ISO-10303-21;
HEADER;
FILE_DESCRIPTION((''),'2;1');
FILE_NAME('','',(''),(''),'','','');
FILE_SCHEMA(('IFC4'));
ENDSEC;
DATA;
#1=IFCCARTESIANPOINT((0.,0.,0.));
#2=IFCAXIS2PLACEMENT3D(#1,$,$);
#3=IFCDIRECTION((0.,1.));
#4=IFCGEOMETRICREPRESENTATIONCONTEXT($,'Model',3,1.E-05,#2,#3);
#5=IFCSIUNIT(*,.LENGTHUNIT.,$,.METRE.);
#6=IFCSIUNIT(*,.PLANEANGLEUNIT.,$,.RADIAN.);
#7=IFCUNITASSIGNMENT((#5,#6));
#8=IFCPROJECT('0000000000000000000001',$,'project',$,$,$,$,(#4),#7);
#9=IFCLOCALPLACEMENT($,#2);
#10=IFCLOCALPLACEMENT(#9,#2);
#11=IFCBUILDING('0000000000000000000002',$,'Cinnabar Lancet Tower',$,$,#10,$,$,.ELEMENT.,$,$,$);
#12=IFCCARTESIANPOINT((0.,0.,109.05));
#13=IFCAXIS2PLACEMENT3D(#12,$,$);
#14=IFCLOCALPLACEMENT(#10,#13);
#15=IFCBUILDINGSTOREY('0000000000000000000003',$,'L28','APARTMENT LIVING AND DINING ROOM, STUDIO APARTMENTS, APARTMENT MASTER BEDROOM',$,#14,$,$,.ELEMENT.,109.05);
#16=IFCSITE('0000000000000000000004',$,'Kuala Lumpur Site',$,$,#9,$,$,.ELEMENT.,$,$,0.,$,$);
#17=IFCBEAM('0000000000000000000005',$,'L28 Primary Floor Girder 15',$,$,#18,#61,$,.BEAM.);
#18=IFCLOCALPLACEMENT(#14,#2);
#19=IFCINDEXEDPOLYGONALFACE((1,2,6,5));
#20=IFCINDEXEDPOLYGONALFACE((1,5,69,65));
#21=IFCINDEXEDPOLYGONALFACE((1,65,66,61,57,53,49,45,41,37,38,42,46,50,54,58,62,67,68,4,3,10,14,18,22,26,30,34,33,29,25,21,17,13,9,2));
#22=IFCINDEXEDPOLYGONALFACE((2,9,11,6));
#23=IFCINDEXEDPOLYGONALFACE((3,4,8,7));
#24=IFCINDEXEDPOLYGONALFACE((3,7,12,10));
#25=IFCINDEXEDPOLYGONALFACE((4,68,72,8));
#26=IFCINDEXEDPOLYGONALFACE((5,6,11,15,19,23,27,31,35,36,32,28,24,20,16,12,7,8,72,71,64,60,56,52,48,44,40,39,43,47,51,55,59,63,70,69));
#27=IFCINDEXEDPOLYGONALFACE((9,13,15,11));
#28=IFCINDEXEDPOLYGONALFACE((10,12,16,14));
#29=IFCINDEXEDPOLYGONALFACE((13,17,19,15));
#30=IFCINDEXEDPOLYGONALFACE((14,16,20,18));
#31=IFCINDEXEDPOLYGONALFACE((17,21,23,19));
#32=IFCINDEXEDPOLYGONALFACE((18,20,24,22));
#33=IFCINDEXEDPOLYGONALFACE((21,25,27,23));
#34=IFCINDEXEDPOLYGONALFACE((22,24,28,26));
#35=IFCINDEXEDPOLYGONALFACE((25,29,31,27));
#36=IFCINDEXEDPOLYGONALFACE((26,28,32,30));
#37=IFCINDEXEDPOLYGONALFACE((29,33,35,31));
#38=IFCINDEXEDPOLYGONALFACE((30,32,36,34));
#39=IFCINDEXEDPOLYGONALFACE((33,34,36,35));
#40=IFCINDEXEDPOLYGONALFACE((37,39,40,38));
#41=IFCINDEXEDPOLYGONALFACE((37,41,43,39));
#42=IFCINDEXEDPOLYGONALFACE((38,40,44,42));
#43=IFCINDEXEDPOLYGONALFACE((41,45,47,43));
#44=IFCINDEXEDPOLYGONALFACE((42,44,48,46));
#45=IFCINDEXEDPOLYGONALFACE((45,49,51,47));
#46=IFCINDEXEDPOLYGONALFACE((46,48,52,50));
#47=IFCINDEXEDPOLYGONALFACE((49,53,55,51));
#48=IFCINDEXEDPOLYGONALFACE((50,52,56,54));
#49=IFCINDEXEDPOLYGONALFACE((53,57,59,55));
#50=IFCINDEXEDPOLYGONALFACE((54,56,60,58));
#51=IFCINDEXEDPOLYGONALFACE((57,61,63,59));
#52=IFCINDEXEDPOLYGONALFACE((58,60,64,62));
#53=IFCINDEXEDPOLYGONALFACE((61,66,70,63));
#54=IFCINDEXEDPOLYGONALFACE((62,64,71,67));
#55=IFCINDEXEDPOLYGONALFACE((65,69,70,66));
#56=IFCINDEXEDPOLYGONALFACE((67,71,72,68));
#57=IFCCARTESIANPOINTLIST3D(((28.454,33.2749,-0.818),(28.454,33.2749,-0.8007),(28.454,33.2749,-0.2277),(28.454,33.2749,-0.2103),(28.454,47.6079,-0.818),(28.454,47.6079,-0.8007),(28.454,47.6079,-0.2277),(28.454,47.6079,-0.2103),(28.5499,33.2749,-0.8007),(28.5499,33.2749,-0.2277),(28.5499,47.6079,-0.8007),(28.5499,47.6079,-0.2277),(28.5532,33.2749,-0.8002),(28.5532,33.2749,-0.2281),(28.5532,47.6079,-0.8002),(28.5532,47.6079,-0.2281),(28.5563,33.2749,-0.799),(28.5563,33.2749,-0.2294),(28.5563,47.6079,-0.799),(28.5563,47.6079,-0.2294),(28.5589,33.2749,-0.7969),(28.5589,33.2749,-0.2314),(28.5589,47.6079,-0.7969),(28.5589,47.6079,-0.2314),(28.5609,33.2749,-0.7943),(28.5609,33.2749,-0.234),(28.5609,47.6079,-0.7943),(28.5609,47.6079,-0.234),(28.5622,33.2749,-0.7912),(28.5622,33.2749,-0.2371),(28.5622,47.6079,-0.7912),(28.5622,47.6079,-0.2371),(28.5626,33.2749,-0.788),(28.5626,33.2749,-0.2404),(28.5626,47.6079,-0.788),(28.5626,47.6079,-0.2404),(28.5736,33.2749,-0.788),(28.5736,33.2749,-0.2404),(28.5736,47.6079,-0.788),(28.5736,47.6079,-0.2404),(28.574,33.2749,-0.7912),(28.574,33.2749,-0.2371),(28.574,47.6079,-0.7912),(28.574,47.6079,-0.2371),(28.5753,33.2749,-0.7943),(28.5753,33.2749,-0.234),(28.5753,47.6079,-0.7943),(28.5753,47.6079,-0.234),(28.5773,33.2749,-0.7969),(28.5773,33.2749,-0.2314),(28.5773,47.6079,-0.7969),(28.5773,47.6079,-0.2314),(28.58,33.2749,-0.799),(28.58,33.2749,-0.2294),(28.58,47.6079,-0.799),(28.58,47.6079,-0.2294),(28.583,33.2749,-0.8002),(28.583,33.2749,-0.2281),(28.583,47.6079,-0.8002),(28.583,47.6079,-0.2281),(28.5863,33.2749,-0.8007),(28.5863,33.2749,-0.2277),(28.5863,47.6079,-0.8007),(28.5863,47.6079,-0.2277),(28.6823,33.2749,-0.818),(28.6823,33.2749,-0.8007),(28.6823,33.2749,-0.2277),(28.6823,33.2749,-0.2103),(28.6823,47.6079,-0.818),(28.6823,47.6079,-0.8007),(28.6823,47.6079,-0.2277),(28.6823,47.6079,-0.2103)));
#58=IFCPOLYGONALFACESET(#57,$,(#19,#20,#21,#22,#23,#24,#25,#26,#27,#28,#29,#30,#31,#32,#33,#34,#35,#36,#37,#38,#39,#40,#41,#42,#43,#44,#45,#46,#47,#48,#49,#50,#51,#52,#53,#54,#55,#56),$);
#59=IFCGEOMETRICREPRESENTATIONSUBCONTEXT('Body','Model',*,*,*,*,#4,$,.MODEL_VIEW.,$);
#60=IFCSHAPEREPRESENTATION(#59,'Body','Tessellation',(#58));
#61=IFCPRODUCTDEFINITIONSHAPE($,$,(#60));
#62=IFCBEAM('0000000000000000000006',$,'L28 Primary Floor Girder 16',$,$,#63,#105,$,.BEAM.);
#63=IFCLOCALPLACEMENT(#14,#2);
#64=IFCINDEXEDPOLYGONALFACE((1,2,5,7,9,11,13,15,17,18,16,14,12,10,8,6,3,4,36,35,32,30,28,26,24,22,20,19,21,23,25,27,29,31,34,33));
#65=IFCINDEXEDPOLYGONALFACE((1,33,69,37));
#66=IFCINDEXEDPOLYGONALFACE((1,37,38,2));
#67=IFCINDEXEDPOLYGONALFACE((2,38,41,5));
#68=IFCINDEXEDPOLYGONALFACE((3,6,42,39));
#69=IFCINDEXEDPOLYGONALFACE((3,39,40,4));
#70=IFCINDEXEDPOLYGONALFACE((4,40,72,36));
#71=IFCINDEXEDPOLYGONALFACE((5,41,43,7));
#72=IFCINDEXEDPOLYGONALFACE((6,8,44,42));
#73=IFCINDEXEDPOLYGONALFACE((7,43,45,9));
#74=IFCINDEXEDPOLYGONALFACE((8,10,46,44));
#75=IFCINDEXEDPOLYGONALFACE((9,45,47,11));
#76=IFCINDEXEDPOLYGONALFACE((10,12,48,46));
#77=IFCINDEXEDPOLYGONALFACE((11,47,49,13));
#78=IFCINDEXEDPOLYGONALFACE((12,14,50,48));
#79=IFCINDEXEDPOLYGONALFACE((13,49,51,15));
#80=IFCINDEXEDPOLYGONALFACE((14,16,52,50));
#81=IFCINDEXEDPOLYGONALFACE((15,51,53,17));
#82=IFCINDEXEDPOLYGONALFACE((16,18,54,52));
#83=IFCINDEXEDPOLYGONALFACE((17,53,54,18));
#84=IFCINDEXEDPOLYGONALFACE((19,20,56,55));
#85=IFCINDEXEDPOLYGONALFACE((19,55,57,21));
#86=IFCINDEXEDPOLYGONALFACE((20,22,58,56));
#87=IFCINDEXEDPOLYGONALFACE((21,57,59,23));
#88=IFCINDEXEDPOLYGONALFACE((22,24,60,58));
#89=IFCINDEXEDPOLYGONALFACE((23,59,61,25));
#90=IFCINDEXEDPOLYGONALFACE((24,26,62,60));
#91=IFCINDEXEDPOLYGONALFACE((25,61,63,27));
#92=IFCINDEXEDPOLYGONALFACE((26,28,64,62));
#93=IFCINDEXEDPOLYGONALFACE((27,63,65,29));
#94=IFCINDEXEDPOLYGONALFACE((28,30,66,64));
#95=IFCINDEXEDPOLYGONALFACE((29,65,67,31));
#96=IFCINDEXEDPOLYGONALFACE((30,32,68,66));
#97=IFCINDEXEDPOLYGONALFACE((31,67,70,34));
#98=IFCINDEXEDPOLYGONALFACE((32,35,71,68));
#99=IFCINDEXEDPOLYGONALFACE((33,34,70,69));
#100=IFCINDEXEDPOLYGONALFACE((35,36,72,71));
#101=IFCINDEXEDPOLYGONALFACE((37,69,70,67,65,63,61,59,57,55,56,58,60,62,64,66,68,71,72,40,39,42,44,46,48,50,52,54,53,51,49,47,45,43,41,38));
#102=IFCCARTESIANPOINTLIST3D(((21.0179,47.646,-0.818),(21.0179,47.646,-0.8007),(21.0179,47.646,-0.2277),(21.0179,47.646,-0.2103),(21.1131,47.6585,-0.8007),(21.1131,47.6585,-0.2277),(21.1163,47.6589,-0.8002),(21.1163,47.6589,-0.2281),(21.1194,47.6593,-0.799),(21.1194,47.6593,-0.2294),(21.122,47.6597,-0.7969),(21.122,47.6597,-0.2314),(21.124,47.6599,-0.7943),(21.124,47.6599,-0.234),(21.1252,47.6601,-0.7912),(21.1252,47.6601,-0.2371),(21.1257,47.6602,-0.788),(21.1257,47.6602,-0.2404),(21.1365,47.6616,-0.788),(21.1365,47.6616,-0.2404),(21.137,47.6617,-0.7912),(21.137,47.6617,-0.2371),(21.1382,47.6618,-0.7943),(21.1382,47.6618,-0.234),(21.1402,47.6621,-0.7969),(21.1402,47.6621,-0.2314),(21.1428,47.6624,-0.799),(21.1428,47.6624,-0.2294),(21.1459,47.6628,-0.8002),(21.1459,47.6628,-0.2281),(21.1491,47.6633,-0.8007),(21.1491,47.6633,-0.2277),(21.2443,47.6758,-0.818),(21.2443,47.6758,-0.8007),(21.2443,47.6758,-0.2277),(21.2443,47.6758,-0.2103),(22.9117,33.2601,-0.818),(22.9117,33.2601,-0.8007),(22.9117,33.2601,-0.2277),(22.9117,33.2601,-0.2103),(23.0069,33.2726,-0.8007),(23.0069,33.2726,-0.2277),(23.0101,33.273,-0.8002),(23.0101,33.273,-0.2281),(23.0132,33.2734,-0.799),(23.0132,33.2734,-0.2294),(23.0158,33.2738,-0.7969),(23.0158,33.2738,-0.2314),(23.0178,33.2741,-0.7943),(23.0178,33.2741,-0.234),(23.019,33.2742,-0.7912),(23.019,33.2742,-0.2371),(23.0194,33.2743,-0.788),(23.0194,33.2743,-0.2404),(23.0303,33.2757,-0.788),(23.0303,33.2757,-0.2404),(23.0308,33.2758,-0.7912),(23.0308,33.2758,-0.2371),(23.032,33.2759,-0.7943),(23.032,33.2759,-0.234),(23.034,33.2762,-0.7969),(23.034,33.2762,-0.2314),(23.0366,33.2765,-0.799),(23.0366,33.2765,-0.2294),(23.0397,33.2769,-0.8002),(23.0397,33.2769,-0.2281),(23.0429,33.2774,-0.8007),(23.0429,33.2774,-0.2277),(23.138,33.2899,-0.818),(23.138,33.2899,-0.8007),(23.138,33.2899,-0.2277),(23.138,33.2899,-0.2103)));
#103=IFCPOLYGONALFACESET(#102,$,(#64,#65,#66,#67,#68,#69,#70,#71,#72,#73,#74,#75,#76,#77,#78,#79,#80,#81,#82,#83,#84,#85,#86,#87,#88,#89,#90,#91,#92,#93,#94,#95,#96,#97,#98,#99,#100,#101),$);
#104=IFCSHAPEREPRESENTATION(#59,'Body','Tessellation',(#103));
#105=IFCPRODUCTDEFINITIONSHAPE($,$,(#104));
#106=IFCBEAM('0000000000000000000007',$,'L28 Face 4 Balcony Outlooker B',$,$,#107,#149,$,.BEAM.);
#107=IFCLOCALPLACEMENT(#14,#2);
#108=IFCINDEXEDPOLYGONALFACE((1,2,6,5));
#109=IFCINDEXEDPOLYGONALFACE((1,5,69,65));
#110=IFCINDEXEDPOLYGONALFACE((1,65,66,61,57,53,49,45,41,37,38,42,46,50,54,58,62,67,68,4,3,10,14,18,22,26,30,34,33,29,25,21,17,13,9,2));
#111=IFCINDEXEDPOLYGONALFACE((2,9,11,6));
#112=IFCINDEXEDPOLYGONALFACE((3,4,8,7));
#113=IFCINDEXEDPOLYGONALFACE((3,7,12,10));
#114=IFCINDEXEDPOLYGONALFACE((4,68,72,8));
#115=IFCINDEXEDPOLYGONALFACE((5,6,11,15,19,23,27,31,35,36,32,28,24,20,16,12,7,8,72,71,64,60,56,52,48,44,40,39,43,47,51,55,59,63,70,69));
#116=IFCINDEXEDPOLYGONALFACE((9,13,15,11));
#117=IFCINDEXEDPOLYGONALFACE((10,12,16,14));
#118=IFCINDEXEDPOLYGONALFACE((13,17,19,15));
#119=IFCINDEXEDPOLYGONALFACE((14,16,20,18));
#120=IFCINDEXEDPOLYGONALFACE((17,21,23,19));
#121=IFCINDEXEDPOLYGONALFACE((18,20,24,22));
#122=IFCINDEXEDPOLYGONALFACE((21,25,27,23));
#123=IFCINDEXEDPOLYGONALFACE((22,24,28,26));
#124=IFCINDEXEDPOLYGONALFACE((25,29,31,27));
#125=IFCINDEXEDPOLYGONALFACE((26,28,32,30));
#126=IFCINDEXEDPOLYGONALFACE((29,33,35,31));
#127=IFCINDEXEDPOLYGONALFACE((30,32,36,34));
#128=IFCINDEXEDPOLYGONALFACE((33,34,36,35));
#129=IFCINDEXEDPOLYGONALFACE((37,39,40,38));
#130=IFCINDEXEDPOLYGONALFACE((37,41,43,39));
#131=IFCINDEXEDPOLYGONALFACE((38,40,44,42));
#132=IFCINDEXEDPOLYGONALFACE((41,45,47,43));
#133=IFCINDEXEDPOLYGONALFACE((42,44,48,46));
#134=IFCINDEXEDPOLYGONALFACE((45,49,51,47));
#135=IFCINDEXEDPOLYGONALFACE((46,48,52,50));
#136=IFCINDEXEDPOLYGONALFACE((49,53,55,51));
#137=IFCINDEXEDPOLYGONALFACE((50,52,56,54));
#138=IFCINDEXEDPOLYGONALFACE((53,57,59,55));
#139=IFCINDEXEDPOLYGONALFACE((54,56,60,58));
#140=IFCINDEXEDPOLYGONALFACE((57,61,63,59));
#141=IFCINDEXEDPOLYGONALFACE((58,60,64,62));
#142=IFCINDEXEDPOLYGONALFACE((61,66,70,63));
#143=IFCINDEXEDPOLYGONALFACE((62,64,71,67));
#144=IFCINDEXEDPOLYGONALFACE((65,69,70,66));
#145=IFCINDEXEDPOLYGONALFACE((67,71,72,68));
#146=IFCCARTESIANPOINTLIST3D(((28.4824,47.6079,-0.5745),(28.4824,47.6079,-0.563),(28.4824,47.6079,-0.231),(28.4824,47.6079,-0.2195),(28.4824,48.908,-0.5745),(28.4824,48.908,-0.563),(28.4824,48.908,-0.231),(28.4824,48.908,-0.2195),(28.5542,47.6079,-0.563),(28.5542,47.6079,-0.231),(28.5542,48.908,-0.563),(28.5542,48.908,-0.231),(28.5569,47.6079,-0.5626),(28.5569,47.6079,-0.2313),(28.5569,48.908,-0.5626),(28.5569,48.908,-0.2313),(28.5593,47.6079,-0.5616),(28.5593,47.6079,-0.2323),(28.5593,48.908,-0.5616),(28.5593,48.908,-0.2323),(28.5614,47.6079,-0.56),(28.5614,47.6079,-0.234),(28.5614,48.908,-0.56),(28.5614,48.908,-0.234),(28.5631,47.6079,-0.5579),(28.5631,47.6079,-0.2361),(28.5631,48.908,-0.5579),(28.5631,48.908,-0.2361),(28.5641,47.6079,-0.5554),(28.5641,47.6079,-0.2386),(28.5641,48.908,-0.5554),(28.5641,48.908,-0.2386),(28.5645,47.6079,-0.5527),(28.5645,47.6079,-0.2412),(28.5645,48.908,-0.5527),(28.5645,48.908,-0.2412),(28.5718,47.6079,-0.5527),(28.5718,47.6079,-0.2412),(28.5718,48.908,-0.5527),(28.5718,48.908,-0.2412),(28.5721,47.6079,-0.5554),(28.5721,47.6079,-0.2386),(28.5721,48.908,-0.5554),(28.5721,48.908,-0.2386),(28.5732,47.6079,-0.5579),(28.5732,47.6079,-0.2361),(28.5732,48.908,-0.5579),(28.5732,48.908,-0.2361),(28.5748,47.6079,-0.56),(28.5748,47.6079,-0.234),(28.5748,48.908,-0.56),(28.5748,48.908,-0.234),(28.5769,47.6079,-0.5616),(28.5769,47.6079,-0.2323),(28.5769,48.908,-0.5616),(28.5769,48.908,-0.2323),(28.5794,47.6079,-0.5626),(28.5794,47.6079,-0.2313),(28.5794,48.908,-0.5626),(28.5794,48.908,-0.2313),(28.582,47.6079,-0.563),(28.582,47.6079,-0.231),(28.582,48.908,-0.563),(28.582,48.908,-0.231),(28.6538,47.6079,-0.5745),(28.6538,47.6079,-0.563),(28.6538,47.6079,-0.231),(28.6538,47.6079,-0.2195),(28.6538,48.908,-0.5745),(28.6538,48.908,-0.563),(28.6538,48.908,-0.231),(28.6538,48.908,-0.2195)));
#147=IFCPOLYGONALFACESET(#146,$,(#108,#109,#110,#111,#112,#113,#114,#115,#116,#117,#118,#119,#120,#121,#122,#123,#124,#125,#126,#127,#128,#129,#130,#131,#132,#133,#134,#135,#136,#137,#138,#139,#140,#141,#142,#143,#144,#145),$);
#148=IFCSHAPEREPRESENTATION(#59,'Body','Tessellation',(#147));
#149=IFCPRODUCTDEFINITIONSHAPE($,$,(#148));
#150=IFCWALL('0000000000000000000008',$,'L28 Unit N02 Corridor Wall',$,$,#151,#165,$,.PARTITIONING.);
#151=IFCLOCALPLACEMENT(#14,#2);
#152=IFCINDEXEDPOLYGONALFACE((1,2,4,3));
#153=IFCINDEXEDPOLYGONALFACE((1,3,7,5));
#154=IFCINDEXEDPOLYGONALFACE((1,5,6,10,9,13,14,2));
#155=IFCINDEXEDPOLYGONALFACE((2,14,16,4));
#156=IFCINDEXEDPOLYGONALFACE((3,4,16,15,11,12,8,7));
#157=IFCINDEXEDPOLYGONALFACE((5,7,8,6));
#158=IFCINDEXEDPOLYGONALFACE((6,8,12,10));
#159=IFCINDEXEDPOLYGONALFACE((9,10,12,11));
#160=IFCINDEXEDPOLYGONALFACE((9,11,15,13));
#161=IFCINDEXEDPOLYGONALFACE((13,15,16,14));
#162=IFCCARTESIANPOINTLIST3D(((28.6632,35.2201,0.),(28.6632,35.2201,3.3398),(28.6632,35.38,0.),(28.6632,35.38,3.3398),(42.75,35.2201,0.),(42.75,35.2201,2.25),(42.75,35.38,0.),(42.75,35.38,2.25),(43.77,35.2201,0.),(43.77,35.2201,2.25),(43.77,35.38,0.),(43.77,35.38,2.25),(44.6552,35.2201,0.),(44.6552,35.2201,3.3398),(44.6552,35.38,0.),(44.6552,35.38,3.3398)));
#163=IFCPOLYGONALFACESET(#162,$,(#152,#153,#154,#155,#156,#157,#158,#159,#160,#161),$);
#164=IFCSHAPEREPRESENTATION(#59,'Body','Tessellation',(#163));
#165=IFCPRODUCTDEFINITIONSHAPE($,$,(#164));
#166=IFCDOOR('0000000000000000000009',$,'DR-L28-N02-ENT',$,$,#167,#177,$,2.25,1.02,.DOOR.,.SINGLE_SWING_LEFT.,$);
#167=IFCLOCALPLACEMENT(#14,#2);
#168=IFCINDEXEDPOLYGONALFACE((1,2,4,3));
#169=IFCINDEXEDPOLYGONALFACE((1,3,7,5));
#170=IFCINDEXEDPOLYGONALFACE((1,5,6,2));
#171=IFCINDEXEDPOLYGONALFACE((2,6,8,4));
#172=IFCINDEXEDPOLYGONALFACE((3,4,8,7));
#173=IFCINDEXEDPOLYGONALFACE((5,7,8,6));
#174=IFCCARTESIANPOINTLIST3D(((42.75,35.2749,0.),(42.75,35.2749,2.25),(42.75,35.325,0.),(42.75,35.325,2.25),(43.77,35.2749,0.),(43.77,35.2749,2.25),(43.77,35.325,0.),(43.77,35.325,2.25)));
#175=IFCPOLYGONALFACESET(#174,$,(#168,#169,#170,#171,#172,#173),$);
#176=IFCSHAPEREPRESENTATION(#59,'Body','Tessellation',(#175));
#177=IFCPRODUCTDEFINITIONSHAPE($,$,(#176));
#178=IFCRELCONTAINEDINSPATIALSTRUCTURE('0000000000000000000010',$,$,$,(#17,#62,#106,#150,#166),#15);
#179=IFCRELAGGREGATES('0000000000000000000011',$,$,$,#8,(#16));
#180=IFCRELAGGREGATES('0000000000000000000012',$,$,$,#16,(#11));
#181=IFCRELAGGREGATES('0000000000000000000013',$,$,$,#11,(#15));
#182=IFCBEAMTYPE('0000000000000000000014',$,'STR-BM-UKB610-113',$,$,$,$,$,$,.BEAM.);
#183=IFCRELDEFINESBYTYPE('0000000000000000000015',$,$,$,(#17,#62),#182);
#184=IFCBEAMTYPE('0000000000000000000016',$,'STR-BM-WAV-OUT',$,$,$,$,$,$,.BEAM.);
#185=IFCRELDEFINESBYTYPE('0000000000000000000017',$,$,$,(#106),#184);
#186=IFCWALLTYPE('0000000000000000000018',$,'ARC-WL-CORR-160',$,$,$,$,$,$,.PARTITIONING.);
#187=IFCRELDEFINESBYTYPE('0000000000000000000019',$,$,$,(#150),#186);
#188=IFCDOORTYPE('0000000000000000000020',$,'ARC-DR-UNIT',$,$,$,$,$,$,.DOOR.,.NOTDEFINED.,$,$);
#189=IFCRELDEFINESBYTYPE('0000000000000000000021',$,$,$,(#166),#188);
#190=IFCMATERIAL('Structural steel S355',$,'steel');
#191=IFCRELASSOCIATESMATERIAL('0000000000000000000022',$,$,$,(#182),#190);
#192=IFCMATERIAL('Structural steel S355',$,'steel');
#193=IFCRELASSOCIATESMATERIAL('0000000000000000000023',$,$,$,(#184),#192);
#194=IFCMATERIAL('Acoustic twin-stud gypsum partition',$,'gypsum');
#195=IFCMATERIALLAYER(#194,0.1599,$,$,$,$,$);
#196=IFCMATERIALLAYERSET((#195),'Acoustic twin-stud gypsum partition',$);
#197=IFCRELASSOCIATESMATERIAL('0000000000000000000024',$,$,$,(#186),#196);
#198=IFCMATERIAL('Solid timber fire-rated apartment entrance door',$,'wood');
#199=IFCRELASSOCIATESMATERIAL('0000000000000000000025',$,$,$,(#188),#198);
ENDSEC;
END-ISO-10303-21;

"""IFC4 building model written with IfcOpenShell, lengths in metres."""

from ifc_helpers import new_model, si_unit, direction, frame, frame_2d, origin, origin_2d, place, context, subcontext, project, spatial, rectangle, i_section, extrude, material, layer, layer_set, material_profile, profile_set, type_object, element, fill, save


model = new_model("IFC4")

# Units and contexts
model_context = context("Model", 3, precision=1e-05, world=origin(), true_north=direction((0.0, 1.0)))
body_context = subcontext(model_context, "Body", "Model", "MODEL_VIEW")
ifc_project = project(units=[si_unit("LENGTHUNIT", "METRE"), si_unit("PLANEANGLEUNIT", "RADIAN")], contexts=[model_context])

# Site, building, storey
site_placement = place(None, origin())
site = spatial("IfcSite", under=ifc_project, at=site_placement, Name="Kuala Lumpur Site", CompositionType="ELEMENT", RefElevation=0.0)
building_placement = place(site_placement, origin())
building = spatial("IfcBuilding", under=site, at=building_placement, Name="Cinnabar Lancet Tower", CompositionType="ELEMENT")
storey_placement = place(building_placement, frame((0.0, 0.0, 109.05)))
storey = spatial("IfcBuildingStorey", under=building, at=storey_placement, Name="L28", Description="APARTMENT LIVING AND DINING ROOM, STUDIO APARTMENTS, APARTMENT MASTER BEDROOM", CompositionType="ELEMENT", Elevation=109.05)

# Beams
ifc_material_1 = material(Name="Structural steel S355", Category="steel")
ifc_material_profile_1 = material_profile(ifc_material_1, i_section(OverallWidth=0.2283, OverallDepth=0.6077, WebThickness=0.011, FlangeThickness=0.0173, FilletRadius=0.0127, at=origin_2d()), Name="UKB 610x229x113")
ifc_profile_set_1 = profile_set([ifc_material_profile_1], Name="Structural steel S355")
beam_type_1 = type_object("IfcBeamType", Name="STR-BM-UKB610-113", PredefinedType="BEAM", material=ifc_profile_set_1)
beam_1_placement = place(storey_placement, frame((28.5681, 47.6079, -0.5142), z_axis=(0.0, -1.0, 0.0), x_axis=(1.0, 0.0, 0.0)))
element("IfcBeam", 1, at=beam_1_placement, inside=storey, type_object=beam_type_1, Name="L28 Primary Floor Girder 15", PredefinedType="BEAM", context=body_context, shape_type="SweptSolid", body=[
    extrude(i_section(OverallWidth=0.2283, OverallDepth=0.6077, WebThickness=0.011, FlangeThickness=0.0173, FilletRadius=0.0127, at=origin_2d()), origin(), (0.0, 0.0, 1.0), 14.333),
])
beam_2_placement = place(storey_placement, frame((21.1311, 47.6609, -0.5142), z_axis=(0.130516, -0.991446, 0.0), x_axis=(0.991446, 0.130516, 0.0)))
element("IfcBeam", 2, at=beam_2_placement, inside=storey, type_object=beam_type_1, Name="L28 Primary Floor Girder 16", PredefinedType="BEAM", context=body_context, shape_type="SweptSolid", body=[
    extrude(i_section(OverallWidth=0.2283, OverallDepth=0.6077, WebThickness=0.011, FlangeThickness=0.0173, FilletRadius=0.0127, at=origin_2d()), origin(), (0.0, 0.0, 1.0), 14.51),
])
ifc_material_2 = material(Name="Structural steel S355", Category="steel")
ifc_material_profile_2 = material_profile(ifc_material_2, i_section(OverallWidth=0.1714, OverallDepth=0.355, WebThickness=0.0073, FlangeThickness=0.0115, FilletRadius=0.0103, at=origin_2d()), Name="UKB 356x171x51")
ifc_profile_set_2 = profile_set([ifc_material_profile_2], Name="Structural steel S355")
beam_type_2 = type_object("IfcBeamType", Name="STR-BM-WAV-OUT", PredefinedType="BEAM", material=ifc_profile_set_2)
beam_3_placement = place(storey_placement, frame((28.5681, 47.6079, -0.397), z_axis=(0.0, 1.0, 0.0), x_axis=(-1.0, 0.0, 0.0)))
element("IfcBeam", 3, at=beam_3_placement, inside=storey, type_object=beam_type_2, Name="L28 Face 4 Balcony Outlooker B", PredefinedType="BEAM", context=body_context, shape_type="SweptSolid", body=[
    extrude(i_section(OverallWidth=0.1714, OverallDepth=0.355, WebThickness=0.0073, FlangeThickness=0.0115, FilletRadius=0.0103, at=origin_2d()), origin(), (0.0, 0.0, 1.0), 1.3),
])

# Wall, opening, door
ifc_material_3 = material(Name="Acoustic twin-stud gypsum partition", Category="gypsum")
ifc_layer_1 = layer(ifc_material_3, 0.1599)
ifc_layer_set_1 = layer_set([ifc_layer_1], Name="Acoustic twin-stud gypsum partition")
wall_type_1 = type_object("IfcWallType", Name="ARC-WL-CORR-160", PredefinedType="PARTITIONING", material=ifc_layer_set_1)
wall_1_placement = place(storey_placement, frame((28.6631, 35.3, 0.0), z_axis=(0.0, 0.0, 1.0), x_axis=(1.0, 0.0, 0.0)))
wall_1 = element("IfcWall", 4, at=wall_1_placement, inside=storey, type_object=wall_type_1, Name="L28 Unit N02 Corridor Wall", PredefinedType="PARTITIONING", context=body_context, shape_type="SweptSolid", body=[
    extrude(rectangle(XDim=15.9919, YDim=0.1599, at=frame_2d((7.9961, 0.0))), origin(), (0.0, 0.0, 1.0), 3.3398),
])
opening_1_placement = place(wall_1_placement, frame((14.0869, 0.0, 0.0)))
opening_1 = element("IfcOpeningElement", 5, at=opening_1_placement, cuts=wall_1, PredefinedType="OPENING", context=body_context, shape_type="SweptSolid", body=[
    extrude(rectangle(XDim=1.02, YDim=2.25, at=frame_2d((0.51, 1.125))), frame((0.0, 0.0898, 0.0), z_axis=(0.0, -1.0, 0.0), x_axis=(1.0, 0.0, 0.0)), (0.0, 0.0, 1.0), 0.1799),
])
ifc_material_4 = material(Name="Solid timber fire-rated apartment entrance door", Category="wood")
door_type_1 = type_object("IfcDoorType", Name="ARC-DR-UNIT", OperationType="NOTDEFINED", PredefinedType="DOOR", material=ifc_material_4)
door_1_placement = place(opening_1_placement, origin())
door_1 = element("IfcDoor", 6, at=door_1_placement, inside=storey, type_object=door_type_1, Name="DR-L28-N02-ENT", OperationType="SINGLE_SWING_LEFT", OverallHeight=2.25, OverallWidth=1.02, PredefinedType="DOOR", context=body_context, shape_type="SweptSolid", body=[
    extrude(rectangle(XDim=1.02, YDim=2.25, at=frame_2d((0.51, 1.125))), frame((0.0, 0.0249, 0.0), z_axis=(0.0, -1.0, 0.0), x_axis=(1.0, 0.0, 0.0)), (0.0, 0.0, 1.0), 0.05),
])
fill(opening_1, door_1)

save(model, "model.ifc")
